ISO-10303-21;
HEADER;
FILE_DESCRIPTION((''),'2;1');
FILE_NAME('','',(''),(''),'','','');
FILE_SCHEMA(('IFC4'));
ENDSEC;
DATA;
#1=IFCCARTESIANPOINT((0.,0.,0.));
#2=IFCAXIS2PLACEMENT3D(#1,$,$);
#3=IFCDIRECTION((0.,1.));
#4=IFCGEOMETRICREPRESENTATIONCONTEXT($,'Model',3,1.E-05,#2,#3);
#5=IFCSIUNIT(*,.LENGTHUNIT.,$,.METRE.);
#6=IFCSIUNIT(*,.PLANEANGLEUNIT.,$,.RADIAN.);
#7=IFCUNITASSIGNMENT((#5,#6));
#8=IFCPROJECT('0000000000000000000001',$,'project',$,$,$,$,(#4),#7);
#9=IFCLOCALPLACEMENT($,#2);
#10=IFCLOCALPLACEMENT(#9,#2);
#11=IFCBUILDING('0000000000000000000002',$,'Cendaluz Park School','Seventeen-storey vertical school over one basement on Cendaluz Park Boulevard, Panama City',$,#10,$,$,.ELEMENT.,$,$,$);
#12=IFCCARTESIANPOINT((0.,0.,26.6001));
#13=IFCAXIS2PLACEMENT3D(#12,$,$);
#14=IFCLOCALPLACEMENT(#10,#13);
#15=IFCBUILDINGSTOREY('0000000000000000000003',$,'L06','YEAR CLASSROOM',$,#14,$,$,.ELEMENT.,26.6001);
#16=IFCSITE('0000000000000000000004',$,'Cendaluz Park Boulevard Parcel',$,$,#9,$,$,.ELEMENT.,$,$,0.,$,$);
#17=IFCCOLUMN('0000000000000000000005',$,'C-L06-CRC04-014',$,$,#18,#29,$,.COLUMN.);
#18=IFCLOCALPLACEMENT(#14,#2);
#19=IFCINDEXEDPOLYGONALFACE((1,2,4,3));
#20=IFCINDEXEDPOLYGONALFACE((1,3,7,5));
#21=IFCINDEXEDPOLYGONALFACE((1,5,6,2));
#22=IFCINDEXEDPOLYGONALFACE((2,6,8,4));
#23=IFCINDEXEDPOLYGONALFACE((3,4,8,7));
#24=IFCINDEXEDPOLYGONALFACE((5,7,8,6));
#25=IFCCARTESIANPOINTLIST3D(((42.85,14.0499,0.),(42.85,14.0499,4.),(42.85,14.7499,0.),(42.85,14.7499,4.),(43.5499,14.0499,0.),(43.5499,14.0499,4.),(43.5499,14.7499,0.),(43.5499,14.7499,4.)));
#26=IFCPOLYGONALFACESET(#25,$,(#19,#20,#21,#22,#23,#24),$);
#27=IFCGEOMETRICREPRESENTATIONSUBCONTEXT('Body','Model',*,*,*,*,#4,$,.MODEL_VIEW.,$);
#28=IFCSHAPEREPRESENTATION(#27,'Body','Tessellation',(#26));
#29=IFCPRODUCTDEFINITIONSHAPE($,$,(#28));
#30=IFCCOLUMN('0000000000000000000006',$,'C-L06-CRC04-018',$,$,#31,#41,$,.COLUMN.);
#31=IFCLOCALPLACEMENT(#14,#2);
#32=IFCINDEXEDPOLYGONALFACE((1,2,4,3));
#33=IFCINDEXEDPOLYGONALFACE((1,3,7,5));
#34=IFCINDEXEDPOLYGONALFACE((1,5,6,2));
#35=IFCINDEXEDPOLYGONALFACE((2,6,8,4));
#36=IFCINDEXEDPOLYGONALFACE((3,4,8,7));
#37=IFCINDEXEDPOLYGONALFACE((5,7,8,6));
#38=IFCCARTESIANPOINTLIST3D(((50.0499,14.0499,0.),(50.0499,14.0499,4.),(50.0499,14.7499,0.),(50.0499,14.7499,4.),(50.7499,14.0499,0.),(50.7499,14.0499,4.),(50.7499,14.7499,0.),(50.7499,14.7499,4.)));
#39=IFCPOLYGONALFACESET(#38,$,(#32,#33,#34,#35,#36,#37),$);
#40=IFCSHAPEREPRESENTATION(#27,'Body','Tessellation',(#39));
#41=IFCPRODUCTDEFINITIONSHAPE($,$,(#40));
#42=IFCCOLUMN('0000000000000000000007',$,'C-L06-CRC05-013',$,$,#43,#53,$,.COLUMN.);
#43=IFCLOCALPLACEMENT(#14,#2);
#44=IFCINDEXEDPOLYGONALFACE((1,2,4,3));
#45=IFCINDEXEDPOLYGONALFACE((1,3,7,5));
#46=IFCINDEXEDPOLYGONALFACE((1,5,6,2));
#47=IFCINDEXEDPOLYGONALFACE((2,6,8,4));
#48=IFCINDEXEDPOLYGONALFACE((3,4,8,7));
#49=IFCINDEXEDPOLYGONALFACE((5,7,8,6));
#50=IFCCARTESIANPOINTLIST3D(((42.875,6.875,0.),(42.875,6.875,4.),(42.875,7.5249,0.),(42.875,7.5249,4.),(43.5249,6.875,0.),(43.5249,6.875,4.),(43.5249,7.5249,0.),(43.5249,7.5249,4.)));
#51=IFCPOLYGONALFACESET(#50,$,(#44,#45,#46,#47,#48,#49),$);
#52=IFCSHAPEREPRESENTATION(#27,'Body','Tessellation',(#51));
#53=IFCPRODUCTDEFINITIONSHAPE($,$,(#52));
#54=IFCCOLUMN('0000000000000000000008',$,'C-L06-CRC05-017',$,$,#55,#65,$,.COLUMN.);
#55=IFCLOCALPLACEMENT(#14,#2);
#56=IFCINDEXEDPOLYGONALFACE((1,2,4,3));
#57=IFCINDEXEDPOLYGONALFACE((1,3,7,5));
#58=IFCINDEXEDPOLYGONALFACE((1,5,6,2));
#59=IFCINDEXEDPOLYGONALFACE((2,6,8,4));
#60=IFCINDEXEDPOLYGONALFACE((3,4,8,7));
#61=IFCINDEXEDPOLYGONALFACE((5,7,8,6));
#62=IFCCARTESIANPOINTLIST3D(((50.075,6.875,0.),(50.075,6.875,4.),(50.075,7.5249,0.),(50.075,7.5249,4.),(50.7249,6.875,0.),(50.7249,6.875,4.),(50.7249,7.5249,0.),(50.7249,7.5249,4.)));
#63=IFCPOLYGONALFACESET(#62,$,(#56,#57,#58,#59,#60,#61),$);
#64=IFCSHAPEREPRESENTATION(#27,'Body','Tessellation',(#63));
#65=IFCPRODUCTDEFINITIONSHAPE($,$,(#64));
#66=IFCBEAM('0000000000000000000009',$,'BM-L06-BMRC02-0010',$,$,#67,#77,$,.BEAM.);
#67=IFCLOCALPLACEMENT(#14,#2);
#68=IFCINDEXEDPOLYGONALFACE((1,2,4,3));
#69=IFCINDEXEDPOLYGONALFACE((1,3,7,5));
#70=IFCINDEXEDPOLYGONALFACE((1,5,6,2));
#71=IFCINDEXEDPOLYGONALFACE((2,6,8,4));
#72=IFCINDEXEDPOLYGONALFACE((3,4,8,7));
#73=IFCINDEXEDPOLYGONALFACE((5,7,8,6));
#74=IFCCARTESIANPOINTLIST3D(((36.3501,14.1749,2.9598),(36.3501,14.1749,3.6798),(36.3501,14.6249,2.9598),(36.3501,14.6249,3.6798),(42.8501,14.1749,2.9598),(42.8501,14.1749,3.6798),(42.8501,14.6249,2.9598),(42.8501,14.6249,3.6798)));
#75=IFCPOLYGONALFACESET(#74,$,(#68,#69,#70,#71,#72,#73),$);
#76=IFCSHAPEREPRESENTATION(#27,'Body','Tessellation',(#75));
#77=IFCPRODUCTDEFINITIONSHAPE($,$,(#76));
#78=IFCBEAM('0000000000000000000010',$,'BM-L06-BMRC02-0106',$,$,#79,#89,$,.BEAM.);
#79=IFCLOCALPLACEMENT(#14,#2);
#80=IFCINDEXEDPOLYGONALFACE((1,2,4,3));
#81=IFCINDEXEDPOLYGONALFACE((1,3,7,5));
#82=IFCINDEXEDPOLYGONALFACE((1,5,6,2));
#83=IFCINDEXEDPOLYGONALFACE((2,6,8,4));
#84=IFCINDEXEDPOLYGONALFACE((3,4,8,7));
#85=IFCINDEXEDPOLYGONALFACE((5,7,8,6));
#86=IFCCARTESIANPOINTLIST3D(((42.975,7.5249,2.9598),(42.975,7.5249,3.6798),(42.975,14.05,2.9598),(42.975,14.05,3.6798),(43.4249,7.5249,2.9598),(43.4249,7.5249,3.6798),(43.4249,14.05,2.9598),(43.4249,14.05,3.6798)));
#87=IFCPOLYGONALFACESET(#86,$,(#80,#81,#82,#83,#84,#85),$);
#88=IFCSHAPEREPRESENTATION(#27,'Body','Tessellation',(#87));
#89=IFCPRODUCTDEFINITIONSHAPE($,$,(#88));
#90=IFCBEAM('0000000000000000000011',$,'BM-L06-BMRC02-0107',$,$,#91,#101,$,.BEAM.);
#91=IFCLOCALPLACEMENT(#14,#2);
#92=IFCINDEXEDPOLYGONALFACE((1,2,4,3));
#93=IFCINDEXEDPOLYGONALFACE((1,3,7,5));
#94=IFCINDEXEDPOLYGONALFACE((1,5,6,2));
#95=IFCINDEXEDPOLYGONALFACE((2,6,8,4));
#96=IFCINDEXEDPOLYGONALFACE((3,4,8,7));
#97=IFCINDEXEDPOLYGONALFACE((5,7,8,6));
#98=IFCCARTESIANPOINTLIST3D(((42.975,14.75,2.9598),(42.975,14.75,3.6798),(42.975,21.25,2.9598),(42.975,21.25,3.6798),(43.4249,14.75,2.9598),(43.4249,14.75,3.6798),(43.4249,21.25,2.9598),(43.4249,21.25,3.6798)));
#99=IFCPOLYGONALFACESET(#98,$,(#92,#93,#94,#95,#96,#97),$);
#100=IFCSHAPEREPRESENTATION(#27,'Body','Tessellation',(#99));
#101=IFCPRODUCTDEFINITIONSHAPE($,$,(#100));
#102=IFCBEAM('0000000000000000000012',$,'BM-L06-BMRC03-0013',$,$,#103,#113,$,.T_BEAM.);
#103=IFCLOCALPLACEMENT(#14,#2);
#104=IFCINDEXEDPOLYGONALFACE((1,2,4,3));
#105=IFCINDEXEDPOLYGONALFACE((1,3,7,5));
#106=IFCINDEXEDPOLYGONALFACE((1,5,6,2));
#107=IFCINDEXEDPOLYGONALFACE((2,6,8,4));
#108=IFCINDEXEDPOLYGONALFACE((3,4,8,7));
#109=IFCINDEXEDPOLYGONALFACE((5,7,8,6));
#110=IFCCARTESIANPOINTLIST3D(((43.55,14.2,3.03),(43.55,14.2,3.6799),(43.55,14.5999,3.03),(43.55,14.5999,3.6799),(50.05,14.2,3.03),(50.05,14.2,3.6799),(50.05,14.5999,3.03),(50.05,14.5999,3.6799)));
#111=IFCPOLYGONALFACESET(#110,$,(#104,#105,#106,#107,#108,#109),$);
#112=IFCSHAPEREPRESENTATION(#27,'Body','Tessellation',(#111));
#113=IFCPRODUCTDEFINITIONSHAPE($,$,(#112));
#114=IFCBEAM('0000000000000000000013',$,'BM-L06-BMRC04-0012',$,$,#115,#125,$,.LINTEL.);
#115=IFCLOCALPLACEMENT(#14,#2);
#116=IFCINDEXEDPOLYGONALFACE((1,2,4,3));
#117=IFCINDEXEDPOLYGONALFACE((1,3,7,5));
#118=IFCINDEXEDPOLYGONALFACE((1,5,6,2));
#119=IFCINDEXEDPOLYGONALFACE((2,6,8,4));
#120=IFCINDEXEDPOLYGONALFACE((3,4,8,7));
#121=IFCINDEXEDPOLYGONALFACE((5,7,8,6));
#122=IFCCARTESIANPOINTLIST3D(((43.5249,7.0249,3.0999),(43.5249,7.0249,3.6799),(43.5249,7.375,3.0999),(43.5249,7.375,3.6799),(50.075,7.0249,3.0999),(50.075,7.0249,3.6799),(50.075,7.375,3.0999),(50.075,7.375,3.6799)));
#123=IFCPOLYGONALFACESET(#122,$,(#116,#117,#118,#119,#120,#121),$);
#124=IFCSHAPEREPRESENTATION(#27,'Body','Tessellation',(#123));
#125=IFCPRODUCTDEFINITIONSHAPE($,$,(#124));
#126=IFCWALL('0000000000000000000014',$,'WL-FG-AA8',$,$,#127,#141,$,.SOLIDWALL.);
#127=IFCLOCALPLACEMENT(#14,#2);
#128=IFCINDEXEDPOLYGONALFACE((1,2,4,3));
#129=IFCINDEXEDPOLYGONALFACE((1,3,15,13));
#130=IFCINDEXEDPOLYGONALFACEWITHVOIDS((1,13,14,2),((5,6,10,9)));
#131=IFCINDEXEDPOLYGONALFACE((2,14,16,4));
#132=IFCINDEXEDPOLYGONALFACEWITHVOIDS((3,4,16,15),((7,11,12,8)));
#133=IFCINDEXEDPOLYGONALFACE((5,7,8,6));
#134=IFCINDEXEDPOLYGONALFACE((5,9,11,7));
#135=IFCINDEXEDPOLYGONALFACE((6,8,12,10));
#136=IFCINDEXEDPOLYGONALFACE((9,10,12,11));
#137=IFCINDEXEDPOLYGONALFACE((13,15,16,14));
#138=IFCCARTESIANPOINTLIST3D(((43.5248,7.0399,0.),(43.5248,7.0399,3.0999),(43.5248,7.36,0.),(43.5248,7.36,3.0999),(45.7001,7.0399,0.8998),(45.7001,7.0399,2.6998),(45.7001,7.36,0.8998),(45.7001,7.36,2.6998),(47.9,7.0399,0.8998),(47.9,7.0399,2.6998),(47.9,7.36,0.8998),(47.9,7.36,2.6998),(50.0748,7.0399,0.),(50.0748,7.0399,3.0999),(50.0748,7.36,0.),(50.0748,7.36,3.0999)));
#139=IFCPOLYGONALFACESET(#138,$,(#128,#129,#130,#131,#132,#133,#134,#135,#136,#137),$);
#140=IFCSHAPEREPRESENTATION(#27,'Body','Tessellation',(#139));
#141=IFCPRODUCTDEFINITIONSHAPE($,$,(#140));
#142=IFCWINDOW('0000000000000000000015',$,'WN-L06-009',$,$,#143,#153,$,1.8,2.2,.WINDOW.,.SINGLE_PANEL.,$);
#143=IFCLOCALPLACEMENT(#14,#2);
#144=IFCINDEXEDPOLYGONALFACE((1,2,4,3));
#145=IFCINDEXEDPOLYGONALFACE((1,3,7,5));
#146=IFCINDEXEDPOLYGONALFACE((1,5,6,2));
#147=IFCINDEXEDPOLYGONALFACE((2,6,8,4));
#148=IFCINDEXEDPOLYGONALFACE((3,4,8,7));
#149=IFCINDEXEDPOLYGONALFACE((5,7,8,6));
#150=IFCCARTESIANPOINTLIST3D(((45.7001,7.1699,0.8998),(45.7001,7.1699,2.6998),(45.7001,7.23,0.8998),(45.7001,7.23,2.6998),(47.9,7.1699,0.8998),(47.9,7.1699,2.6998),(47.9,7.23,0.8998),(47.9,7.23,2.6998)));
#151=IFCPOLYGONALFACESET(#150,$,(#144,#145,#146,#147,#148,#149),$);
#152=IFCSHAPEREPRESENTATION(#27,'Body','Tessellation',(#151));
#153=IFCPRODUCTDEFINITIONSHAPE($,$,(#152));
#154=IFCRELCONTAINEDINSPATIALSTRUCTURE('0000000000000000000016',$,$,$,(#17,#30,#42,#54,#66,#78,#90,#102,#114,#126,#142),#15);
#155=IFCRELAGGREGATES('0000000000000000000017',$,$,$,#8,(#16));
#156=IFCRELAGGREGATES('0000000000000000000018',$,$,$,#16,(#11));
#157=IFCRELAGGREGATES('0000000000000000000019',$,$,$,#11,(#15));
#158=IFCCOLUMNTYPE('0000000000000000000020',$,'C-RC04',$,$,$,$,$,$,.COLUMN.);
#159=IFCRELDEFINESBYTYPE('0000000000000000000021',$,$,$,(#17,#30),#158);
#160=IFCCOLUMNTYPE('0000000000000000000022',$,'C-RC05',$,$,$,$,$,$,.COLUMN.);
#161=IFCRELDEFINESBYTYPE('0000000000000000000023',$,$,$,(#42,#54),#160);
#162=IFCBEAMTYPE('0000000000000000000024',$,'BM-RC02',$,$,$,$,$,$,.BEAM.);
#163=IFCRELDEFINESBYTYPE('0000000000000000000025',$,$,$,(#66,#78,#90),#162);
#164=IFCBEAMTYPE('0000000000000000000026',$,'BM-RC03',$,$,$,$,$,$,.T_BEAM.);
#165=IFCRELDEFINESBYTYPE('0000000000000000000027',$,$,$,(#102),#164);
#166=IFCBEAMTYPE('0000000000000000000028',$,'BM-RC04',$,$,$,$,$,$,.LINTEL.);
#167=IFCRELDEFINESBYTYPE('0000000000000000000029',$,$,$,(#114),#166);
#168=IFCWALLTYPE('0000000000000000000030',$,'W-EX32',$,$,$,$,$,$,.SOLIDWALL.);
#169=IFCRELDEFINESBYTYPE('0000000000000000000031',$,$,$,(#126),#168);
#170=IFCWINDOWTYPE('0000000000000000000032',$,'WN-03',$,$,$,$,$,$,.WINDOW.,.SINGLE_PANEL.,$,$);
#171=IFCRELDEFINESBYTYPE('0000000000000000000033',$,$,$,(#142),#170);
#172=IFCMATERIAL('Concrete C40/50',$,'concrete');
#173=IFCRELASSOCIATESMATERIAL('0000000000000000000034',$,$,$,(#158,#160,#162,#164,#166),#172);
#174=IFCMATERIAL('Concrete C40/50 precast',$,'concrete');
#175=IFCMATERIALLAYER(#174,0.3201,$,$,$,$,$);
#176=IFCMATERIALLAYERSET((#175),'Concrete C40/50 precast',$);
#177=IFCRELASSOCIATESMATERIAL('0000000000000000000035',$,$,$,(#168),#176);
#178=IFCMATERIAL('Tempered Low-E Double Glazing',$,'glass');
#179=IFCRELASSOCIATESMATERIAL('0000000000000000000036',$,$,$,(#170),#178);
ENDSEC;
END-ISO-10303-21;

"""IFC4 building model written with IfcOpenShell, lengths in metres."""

from ifc_helpers import new_model, si_unit, direction, frame, frame_2d, origin, origin_2d, place, context, subcontext, project, spatial, rectangle, extrude, material, layer, layer_set, material_profile, profile_set, type_object, element, fill, save


model = new_model("IFC4")

# Units and contexts
model_context = context("Model", 3, precision=1e-05, world=origin(), true_north=direction((0.0, 1.0)))
body_context = subcontext(model_context, "Body", "Model", "MODEL_VIEW")
ifc_project = project(units=[si_unit("LENGTHUNIT", "METRE"), si_unit("PLANEANGLEUNIT", "RADIAN")], contexts=[model_context])

# Site, building, storey
site_placement = place(None, origin())
site = spatial("IfcSite", under=ifc_project, at=site_placement, Name="Cendaluz Park Boulevard Parcel", CompositionType="ELEMENT", RefElevation=0.0)
building_placement = place(site_placement, origin())
building = spatial("IfcBuilding", under=site, at=building_placement, Name="Cendaluz Park School", Description="Seventeen-storey vertical school over one basement on Cendaluz Park Boulevard, Panama City", CompositionType="ELEMENT")
storey_placement = place(building_placement, frame((0.0, 0.0, 26.6001)))
storey = spatial("IfcBuildingStorey", under=building, at=storey_placement, Name="L06", Description="YEAR CLASSROOM", CompositionType="ELEMENT", Elevation=26.6001)

# Columns
ifc_material_1 = material(Name="Concrete C40/50", Category="concrete")
ifc_material_profile_1 = material_profile(ifc_material_1, rectangle(XDim=0.7, YDim=0.7, at=origin_2d()), Name="RC 700x700", Category="concrete")
ifc_profile_set_1 = profile_set([ifc_material_profile_1], Name="Concrete C40/50")
column_type_1 = type_object("IfcColumnType", Name="C-RC04", PredefinedType="COLUMN", material=ifc_profile_set_1)
for number, where, z_axis, x_axis, name in (
    (1, (43.2, 14.3999, 0.0), (0.0, 0.0, 1.0), (1.0, 0.0, 0.0), "C-L06-CRC04-014"),
    (2, (50.3999, 14.3999, 0.0), (0.0, 0.0, 1.0), (1.0, 0.0, 0.0), "C-L06-CRC04-018"),
):
    element("IfcColumn", number, at=place(storey_placement, frame(where, z_axis=z_axis, x_axis=x_axis)), inside=storey, type_object=column_type_1, Name=name, PredefinedType="COLUMN", context=body_context, shape_type="SweptSolid", body=[
        extrude(rectangle(XDim=0.7, YDim=0.7, at=origin_2d()), origin(), (0.0, 0.0, 1.0), 4.0),
    ])
ifc_material_profile_2 = material_profile(ifc_material_1, rectangle(XDim=0.6499, YDim=0.6499, at=origin_2d()), Name="RC 650x650", Category="concrete")
ifc_profile_set_2 = profile_set([ifc_material_profile_2], Name="Concrete C40/50")
column_type_2 = type_object("IfcColumnType", Name="C-RC05", PredefinedType="COLUMN", material=ifc_profile_set_2)
for number, where, z_axis, x_axis, name in (
    (3, (43.2, 7.2, 0.0), (0.0, 0.0, 1.0), (1.0, 0.0, 0.0), "C-L06-CRC05-013"),
    (4, (50.3999, 7.2, 0.0), (0.0, 0.0, 1.0), (1.0, 0.0, 0.0), "C-L06-CRC05-017"),
):
    element("IfcColumn", number, at=place(storey_placement, frame(where, z_axis=z_axis, x_axis=x_axis)), inside=storey, type_object=column_type_2, Name=name, PredefinedType="COLUMN", context=body_context, shape_type="SweptSolid", body=[
        extrude(rectangle(XDim=0.6499, YDim=0.6499, at=origin_2d()), origin(), (0.0, 0.0, 1.0), 4.0),
    ])

# Beams
ifc_material_profile_3 = material_profile(ifc_material_1, rectangle(XDim=0.45, YDim=0.72, at=origin_2d()), Name="RC 450x720", Category="concrete")
ifc_profile_set_3 = profile_set([ifc_material_profile_3], Name="Concrete C40/50")
beam_type_1 = type_object("IfcBeamType", Name="BM-RC02", PredefinedType="BEAM", material=ifc_profile_set_3)
beam_1_placement = place(storey_placement, frame((36.3501, 14.3999, 3.3198), z_axis=(1.0, 0.0, 0.0), x_axis=(0.0, 1.0, 0.0)))
element("IfcBeam", 5, at=beam_1_placement, inside=storey, type_object=beam_type_1, Name="BM-L06-BMRC02-0010", PredefinedType="BEAM", context=body_context, shape_type="SweptSolid", body=[
    extrude(rectangle(XDim=0.45, YDim=0.72, at=origin_2d()), origin(), (0.0, 0.0, 1.0), 6.5),
])
beam_2_placement = place(storey_placement, frame((43.2, 7.5249, 3.3198), z_axis=(0.0, 1.0, 0.0), x_axis=(-1.0, 0.0, 0.0)))
element("IfcBeam", 6, at=beam_2_placement, inside=storey, type_object=beam_type_1, Name="BM-L06-BMRC02-0106", PredefinedType="BEAM", context=body_context, shape_type="SweptSolid", body=[
    extrude(rectangle(XDim=0.45, YDim=0.72, at=origin_2d()), origin(), (0.0, 0.0, 1.0), 6.5251),
])
beam_3_placement = place(storey_placement, frame((43.2, 14.75, 3.3198), z_axis=(0.0, 1.0, 0.0), x_axis=(-1.0, 0.0, 0.0)))
element("IfcBeam", 7, at=beam_3_placement, inside=storey, type_object=beam_type_1, Name="BM-L06-BMRC02-0107", PredefinedType="BEAM", context=body_context, shape_type="SweptSolid", body=[
    extrude(rectangle(XDim=0.45, YDim=0.72, at=origin_2d()), origin(), (0.0, 0.0, 1.0), 6.5),
])
ifc_material_profile_4 = material_profile(ifc_material_1, rectangle(XDim=0.3999, YDim=0.6499, at=origin_2d()), Name="RC 400x650", Category="concrete")
ifc_profile_set_4 = profile_set([ifc_material_profile_4], Name="Concrete C40/50")
beam_type_2 = type_object("IfcBeamType", Name="BM-RC03", PredefinedType="T_BEAM", material=ifc_profile_set_4)
beam_4_placement = place(storey_placement, frame((43.55, 14.3999, 3.355), z_axis=(1.0, 0.0, 0.0), x_axis=(0.0, 1.0, 0.0)))
element("IfcBeam", 8, at=beam_4_placement, inside=storey, type_object=beam_type_2, Name="BM-L06-BMRC03-0013", PredefinedType="T_BEAM", context=body_context, shape_type="SweptSolid", body=[
    extrude(rectangle(XDim=0.3999, YDim=0.6499, at=origin_2d()), origin(), (0.0, 0.0, 1.0), 6.5),
])
ifc_material_profile_5 = material_profile(ifc_material_1, rectangle(XDim=0.3501, YDim=0.5801, at=origin_2d()), Name="RC 350x580", Category="concrete")
ifc_profile_set_5 = profile_set([ifc_material_profile_5], Name="Concrete C40/50")
beam_type_3 = type_object("IfcBeamType", Name="BM-RC04", PredefinedType="LINTEL", material=ifc_profile_set_5)
beam_5_placement = place(storey_placement, frame((43.5249, 7.2, 3.3899), z_axis=(1.0, 0.0, 0.0), x_axis=(0.0, 1.0, 0.0)))
element("IfcBeam", 9, at=beam_5_placement, inside=storey, type_object=beam_type_3, Name="BM-L06-BMRC04-0012", PredefinedType="LINTEL", context=body_context, shape_type="SweptSolid", body=[
    extrude(rectangle(XDim=0.3501, YDim=0.5801, at=origin_2d()), origin(), (0.0, 0.0, 1.0), 6.55),
])

# Wall, opening, window
ifc_material_2 = material(Name="Concrete C40/50 precast", Category="concrete")
ifc_layer_1 = layer(ifc_material_2, 0.3201)
ifc_layer_set_1 = layer_set([ifc_layer_1], Name="Concrete C40/50 precast")
wall_type_1 = type_object("IfcWallType", Name="W-EX32", PredefinedType="SOLIDWALL", material=ifc_layer_set_1)
wall_1_placement = place(storey_placement, frame((43.5249, 7.2, 0.0), z_axis=(0.0, 0.0, 1.0), x_axis=(1.0, 0.0, 0.0)))
wall_1 = element("IfcWall", 10, at=wall_1_placement, inside=storey, type_object=wall_type_1, Name="WL-FG-AA8", PredefinedType="SOLIDWALL", context=body_context, shape_type="SweptSolid", body=[
    extrude(rectangle(XDim=6.55, YDim=0.3201, at=frame_2d((3.2749, 0.0))), origin(), (0.0, 0.0, 1.0), 3.0999),
])
opening_1_placement = place(wall_1_placement, frame((2.175, 0.0, 0.8999)))
opening_1 = element("IfcOpeningElement", 11, at=opening_1_placement, cuts=wall_1, PredefinedType="OPENING", context=body_context, shape_type="SweptSolid", body=[
    extrude(rectangle(XDim=2.2, YDim=1.8, at=frame_2d((1.1001, 0.8999))), frame((0.0, 0.1721, 0.0), z_axis=(0.0, -1.0, 0.0), x_axis=(1.0, 0.0, 0.0)), (0.0, 0.0, 1.0), 0.344),
])
ifc_material_3 = material(Name="Tempered Low-E Double Glazing", Category="glass")
window_type = type_object("IfcWindowType", Name="WN-03", PartitioningType="SINGLE_PANEL", PredefinedType="WINDOW", material=ifc_material_3)
window_placement = place(opening_1_placement, origin())
window = element("IfcWindow", 12, at=window_placement, inside=storey, type_object=window_type, Name="WN-L06-009", OverallHeight=1.8, OverallWidth=2.2, PartitioningType="SINGLE_PANEL", PredefinedType="WINDOW", context=body_context, shape_type="SweptSolid", body=[
    extrude(rectangle(XDim=2.2, YDim=1.8, at=frame_2d((1.1001, 0.8999))), frame((0.0, 0.03, 0.0), z_axis=(0.0, -1.0, 0.0), x_axis=(1.0, 0.0, 0.0)), (0.0, 0.0, 1.0), 0.0601),
])
fill(opening_1, window)

save(model, "model.ifc")
